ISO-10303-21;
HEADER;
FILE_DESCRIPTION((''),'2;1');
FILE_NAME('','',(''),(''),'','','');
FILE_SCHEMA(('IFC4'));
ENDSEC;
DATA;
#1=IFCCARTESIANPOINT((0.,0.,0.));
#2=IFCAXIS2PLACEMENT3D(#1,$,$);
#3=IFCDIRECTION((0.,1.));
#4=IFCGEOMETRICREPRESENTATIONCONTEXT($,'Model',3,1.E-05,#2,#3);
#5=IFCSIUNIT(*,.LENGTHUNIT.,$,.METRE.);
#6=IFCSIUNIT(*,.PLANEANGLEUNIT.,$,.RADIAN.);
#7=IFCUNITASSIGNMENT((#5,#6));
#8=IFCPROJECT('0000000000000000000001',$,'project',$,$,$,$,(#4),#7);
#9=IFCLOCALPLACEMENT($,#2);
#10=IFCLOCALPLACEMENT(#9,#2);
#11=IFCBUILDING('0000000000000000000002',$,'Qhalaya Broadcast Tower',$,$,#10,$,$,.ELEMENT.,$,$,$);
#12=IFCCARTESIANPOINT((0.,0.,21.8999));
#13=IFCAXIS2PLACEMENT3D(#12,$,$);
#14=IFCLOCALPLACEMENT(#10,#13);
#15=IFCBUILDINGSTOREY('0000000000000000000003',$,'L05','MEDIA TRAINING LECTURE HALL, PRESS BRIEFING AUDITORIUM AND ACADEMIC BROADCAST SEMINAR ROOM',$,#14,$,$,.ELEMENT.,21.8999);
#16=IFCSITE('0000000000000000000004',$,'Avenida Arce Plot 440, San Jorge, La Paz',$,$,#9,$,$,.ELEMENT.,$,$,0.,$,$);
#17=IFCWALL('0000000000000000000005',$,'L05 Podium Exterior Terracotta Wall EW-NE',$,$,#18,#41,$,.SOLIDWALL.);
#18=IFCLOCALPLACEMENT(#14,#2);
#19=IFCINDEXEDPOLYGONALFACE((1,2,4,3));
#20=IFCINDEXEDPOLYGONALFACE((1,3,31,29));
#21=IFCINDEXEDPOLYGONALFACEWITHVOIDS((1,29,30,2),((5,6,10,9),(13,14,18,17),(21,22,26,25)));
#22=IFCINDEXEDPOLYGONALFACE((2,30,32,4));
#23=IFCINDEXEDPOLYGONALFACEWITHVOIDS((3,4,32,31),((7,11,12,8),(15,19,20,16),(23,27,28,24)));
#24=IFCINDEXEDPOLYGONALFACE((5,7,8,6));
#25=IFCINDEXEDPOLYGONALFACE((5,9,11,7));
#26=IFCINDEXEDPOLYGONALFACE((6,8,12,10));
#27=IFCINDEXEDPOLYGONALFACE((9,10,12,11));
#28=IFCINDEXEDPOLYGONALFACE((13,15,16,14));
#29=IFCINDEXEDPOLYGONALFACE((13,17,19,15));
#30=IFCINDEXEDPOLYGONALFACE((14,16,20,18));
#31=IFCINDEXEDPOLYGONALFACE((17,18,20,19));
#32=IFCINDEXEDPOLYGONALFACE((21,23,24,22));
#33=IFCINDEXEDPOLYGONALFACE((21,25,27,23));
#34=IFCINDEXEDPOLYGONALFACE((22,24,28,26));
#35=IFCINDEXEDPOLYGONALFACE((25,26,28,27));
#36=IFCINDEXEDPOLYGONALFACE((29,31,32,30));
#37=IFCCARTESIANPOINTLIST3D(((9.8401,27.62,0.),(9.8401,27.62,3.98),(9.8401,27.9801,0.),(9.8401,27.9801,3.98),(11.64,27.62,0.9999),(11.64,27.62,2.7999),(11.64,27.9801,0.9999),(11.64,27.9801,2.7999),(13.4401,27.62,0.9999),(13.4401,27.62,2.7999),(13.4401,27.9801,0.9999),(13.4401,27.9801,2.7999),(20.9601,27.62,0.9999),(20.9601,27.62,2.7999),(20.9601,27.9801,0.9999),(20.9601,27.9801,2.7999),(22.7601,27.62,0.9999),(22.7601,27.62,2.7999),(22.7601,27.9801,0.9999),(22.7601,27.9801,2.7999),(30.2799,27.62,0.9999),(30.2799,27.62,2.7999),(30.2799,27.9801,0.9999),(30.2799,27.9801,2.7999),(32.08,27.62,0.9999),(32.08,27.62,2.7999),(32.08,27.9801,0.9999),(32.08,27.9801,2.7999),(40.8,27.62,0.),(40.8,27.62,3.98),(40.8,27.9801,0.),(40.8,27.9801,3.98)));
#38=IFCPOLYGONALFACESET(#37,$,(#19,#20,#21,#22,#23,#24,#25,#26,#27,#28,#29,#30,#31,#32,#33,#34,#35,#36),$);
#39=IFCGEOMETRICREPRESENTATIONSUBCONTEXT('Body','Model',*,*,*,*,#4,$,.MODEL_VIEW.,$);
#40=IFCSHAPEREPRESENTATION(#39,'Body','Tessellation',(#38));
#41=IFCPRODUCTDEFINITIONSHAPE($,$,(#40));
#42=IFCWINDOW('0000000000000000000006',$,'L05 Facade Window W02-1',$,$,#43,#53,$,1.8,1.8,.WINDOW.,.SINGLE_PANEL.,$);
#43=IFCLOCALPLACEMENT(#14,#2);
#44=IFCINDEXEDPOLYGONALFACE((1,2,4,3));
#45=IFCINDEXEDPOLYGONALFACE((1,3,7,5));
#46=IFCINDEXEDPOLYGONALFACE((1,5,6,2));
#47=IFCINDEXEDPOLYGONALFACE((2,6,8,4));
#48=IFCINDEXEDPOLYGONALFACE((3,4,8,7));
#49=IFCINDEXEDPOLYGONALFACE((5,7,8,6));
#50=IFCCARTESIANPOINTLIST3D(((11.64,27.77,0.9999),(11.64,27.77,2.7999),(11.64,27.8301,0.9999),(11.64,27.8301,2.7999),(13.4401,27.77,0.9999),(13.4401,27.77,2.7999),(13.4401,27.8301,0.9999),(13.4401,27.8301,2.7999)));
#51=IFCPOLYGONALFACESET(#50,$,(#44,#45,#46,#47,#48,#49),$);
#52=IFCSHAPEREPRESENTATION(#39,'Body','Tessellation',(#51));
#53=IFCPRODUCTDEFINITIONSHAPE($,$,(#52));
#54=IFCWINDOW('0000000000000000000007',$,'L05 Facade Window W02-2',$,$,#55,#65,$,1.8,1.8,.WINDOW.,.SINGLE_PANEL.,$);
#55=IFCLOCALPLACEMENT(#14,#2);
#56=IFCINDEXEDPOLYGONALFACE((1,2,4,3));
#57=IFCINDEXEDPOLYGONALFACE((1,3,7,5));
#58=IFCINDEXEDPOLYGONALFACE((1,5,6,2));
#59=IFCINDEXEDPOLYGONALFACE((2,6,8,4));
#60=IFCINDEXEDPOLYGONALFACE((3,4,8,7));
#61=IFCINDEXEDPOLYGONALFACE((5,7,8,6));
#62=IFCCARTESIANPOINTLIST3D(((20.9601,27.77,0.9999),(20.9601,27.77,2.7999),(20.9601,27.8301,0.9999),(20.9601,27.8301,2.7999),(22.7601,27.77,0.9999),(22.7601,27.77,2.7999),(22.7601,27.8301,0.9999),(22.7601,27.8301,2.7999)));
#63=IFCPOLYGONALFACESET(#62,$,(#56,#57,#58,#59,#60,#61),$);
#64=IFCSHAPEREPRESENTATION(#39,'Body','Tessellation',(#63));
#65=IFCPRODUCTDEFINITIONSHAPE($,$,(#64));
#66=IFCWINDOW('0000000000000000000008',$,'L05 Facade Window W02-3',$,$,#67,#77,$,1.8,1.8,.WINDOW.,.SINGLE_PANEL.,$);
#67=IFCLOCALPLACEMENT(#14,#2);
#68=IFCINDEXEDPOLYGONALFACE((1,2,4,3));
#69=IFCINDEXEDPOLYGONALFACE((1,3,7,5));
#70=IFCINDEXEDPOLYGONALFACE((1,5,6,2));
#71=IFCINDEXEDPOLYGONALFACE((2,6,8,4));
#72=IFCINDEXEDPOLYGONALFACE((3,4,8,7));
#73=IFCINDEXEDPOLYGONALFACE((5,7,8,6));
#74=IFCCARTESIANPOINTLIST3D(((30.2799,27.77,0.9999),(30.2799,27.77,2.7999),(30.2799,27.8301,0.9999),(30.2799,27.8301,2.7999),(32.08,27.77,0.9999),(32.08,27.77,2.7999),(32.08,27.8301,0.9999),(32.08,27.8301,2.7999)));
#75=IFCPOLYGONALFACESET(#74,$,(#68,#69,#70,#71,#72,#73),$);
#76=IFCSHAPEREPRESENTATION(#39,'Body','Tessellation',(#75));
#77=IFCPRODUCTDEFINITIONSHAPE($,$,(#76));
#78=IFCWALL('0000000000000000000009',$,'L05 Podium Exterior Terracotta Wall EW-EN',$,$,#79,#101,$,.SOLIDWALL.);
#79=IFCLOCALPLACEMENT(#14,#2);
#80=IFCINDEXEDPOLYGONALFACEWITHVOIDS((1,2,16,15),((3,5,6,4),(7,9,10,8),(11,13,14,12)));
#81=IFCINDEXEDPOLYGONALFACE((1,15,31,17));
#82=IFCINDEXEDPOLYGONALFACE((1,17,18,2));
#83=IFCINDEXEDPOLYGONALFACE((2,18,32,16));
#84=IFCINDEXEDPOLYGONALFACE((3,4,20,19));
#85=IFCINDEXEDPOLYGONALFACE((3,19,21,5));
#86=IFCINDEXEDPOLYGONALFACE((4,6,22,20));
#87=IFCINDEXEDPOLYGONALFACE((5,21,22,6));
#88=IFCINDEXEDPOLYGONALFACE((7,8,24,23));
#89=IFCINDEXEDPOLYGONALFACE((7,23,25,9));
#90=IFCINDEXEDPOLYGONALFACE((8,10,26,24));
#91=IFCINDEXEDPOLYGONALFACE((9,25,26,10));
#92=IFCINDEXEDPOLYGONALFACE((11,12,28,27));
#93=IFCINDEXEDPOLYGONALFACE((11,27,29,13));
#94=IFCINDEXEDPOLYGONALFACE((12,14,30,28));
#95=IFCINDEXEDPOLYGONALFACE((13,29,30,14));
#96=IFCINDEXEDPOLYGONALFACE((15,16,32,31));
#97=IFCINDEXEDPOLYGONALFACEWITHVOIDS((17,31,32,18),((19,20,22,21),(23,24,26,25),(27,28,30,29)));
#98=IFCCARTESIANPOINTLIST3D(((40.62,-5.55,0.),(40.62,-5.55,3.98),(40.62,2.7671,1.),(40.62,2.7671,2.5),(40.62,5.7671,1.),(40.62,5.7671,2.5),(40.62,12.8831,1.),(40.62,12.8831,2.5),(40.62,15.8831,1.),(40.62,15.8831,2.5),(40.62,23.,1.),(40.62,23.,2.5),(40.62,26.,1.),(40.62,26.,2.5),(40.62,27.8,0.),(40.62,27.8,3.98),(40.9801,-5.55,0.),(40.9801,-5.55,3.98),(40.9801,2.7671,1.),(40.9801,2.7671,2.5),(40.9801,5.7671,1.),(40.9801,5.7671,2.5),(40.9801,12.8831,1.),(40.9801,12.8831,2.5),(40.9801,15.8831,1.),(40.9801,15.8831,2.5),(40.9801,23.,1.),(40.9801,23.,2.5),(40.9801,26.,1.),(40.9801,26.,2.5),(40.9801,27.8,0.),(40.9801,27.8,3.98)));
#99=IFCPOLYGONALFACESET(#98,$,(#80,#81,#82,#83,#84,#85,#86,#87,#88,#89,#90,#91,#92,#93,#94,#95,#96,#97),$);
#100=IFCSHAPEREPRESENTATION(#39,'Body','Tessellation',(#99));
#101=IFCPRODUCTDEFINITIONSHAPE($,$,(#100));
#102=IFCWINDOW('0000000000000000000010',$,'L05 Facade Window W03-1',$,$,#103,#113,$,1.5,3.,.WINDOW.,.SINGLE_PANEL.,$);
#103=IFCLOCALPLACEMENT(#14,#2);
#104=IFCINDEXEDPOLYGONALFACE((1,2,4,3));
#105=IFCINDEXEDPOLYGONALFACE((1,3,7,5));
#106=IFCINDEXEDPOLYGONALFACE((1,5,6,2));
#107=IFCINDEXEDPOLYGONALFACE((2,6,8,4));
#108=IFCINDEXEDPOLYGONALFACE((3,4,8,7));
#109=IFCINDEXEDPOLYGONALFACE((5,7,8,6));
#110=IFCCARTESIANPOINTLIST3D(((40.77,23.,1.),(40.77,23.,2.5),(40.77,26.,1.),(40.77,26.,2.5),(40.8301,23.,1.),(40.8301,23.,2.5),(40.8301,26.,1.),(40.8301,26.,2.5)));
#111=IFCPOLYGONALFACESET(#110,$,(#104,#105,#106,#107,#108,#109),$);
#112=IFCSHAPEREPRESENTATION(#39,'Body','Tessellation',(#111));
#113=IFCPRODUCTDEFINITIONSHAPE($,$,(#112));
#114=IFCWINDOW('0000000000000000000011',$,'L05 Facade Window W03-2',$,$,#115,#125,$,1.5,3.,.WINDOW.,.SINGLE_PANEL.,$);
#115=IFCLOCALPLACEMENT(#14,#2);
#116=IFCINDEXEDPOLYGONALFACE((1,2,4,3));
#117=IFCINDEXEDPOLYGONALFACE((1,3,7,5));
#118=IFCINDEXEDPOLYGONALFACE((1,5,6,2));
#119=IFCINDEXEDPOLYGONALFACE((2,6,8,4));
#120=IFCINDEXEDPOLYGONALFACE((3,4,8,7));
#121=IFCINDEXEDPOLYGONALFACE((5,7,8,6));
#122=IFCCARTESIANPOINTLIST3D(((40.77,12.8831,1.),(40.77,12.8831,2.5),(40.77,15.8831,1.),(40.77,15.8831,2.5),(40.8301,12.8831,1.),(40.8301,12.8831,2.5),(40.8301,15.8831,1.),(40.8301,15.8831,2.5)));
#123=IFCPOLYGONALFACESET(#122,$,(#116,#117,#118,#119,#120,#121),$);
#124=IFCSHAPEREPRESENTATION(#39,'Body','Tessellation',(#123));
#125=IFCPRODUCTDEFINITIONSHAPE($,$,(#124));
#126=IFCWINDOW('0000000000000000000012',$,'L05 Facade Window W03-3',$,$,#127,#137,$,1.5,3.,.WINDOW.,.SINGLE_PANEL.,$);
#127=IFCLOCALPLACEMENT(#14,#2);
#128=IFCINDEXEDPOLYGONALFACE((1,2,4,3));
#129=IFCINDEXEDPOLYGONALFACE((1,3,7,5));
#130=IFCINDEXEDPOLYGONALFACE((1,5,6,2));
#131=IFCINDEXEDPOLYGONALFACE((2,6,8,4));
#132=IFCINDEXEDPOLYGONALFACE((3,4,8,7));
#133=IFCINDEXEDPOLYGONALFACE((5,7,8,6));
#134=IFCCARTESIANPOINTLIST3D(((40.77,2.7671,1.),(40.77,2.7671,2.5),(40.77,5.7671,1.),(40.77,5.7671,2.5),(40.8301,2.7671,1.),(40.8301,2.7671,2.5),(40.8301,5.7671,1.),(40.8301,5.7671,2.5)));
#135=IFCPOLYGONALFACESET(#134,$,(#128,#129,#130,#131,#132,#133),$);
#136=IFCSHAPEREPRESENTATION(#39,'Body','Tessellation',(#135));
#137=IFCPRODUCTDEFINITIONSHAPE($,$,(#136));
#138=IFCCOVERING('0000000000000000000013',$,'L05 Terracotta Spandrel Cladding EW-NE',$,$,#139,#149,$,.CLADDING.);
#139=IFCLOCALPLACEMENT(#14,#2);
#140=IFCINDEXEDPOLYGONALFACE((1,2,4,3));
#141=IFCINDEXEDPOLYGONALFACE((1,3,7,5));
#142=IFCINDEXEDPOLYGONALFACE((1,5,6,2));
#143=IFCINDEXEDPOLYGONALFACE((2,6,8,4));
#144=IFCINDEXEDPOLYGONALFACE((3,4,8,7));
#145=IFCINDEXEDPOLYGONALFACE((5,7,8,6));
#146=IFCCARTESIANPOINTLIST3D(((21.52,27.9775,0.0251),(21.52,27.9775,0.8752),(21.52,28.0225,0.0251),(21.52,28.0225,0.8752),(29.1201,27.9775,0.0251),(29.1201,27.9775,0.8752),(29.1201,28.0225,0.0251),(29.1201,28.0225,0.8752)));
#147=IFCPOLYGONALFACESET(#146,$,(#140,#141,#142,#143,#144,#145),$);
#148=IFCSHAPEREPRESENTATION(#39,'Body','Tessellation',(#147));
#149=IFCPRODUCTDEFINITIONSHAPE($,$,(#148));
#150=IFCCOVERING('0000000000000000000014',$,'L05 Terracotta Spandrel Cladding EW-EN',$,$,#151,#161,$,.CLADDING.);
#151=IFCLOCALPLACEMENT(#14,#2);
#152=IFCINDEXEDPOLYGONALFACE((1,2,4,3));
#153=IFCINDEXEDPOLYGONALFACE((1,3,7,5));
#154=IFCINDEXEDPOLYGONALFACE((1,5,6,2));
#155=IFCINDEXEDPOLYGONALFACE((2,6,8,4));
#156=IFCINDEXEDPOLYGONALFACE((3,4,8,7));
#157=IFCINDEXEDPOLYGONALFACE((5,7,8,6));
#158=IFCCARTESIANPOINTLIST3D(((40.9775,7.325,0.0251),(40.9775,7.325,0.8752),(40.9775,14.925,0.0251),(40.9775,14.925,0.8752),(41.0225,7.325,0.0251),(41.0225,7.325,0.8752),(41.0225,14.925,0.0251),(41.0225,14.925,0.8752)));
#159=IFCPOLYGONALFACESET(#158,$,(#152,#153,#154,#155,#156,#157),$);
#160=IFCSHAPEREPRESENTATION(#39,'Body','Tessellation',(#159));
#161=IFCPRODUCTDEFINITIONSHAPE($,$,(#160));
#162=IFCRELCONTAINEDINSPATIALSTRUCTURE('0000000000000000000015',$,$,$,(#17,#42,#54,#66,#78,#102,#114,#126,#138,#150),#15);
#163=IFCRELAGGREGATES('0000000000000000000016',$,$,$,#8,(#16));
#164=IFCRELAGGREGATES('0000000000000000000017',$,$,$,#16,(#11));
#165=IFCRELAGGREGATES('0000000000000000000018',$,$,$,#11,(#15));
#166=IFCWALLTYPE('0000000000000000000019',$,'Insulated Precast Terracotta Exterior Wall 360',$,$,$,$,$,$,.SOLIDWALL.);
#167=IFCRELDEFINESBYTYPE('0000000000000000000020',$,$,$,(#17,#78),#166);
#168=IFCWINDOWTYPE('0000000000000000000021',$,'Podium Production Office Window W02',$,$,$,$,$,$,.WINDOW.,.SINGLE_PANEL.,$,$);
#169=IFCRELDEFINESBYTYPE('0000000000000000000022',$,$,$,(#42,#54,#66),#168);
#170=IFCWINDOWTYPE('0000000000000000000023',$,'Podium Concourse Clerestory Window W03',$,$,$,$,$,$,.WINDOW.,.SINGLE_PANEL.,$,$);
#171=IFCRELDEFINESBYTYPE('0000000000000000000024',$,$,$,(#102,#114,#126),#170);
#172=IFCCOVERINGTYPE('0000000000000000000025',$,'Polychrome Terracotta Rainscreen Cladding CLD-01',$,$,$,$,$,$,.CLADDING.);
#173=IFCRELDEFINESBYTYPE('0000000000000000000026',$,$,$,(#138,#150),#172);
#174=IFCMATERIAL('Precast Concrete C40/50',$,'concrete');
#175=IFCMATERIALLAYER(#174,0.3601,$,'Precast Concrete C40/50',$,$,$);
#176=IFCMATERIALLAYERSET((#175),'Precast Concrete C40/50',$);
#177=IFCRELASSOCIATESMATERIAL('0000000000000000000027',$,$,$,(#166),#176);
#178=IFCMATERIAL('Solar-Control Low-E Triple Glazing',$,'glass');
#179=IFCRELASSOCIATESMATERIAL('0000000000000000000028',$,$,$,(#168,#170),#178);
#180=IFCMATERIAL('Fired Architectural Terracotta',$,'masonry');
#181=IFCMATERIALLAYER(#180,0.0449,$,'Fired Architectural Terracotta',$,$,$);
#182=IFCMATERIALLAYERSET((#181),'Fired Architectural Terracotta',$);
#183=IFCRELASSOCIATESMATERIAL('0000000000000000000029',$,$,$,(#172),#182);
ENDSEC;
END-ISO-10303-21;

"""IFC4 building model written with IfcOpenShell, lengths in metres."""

from ifc_helpers import new_model, si_unit, direction, frame, frame_2d, origin, origin_2d, place, context, subcontext, project, spatial, rectangle, extrude, material, layer, layer_set, type_object, element, fill, save


model = new_model("IFC4")

# Units and contexts
model_context = context("Model", 3, precision=1e-05, world=origin(), true_north=direction((0.0, 1.0)))
body_context = subcontext(model_context, "Body", "Model", "MODEL_VIEW")
ifc_project = project(units=[si_unit("LENGTHUNIT", "METRE"), si_unit("PLANEANGLEUNIT", "RADIAN")], contexts=[model_context])

# Site, building, storey
site_placement = place(None, origin())
site = spatial("IfcSite", under=ifc_project, at=site_placement, Name="Avenida Arce Plot 440, San Jorge, La Paz", CompositionType="ELEMENT", RefElevation=0.0)
building_placement = place(site_placement, origin())
building = spatial("IfcBuilding", under=site, at=building_placement, Name="Qhalaya Broadcast Tower", CompositionType="ELEMENT")
storey_placement = place(building_placement, frame((0.0, 0.0, 21.8999)))
storey = spatial("IfcBuildingStorey", under=building, at=storey_placement, Name="L05", Description="MEDIA TRAINING LECTURE HALL, PRESS BRIEFING AUDITORIUM AND ACADEMIC BROADCAST SEMINAR ROOM", CompositionType="ELEMENT", Elevation=21.8999)

# Walls, openings, windows
ifc_material_1 = material(Name="Precast Concrete C40/50", Category="concrete")
ifc_layer_1 = layer(ifc_material_1, 0.3601, Name="Precast Concrete C40/50")
ifc_layer_set_1 = layer_set([ifc_layer_1], Name="Precast Concrete C40/50")
wall_type_1 = type_object("IfcWallType", Name="Insulated Precast Terracotta Exterior Wall 360", PredefinedType="SOLIDWALL", material=ifc_layer_set_1)
wall_1_placement = place(storey_placement, frame((9.8401, 27.8, 0.0), z_axis=(0.0, 0.0, 1.0), x_axis=(1.0, 0.0, 0.0)))
wall_1 = element("IfcWall", 1, at=wall_1_placement, inside=storey, type_object=wall_type_1, Name="L05 Podium Exterior Terracotta Wall EW-NE", PredefinedType="SOLIDWALL", context=body_context, shape_type="SweptSolid", body=[
    extrude(rectangle(XDim=30.96, YDim=0.3601, at=frame_2d((15.48, 0.0))), origin(), (0.0, 0.0, 1.0), 3.98),
])
opening_1_placement = place(wall_1_placement, frame((1.8, 0.0, 1.0)))
opening_1 = element("IfcOpeningElement", 2, at=opening_1_placement, cuts=wall_1, PredefinedType="OPENING", context=body_context, shape_type="SweptSolid", body=[
    extrude(rectangle(XDim=1.8, YDim=1.8, at=frame_2d((0.8999, 0.8999))), frame((0.0, 0.1921, 0.0), z_axis=(0.0, -1.0, 0.0), x_axis=(1.0, 0.0, 0.0)), (0.0, 0.0, 1.0), 0.384),
])
opening_2_placement = place(wall_1_placement, frame((11.1201, 0.0, 1.0)))
opening_2 = element("IfcOpeningElement", 3, at=opening_2_placement, cuts=wall_1, PredefinedType="OPENING", context=body_context, shape_type="SweptSolid", body=[
    extrude(rectangle(XDim=1.8, YDim=1.8, at=frame_2d((0.8999, 0.8999))), frame((0.0, 0.1921, 0.0), z_axis=(0.0, -1.0, 0.0), x_axis=(1.0, 0.0, 0.0)), (0.0, 0.0, 1.0), 0.384),
])
opening_3_placement = place(wall_1_placement, frame((20.4399, 0.0, 1.0)))
opening_3 = element("IfcOpeningElement", 4, at=opening_3_placement, cuts=wall_1, PredefinedType="OPENING", context=body_context, shape_type="SweptSolid", body=[
    extrude(rectangle(XDim=1.8, YDim=1.8, at=frame_2d((0.8999, 0.8999))), frame((0.0, 0.1921, 0.0), z_axis=(0.0, -1.0, 0.0), x_axis=(1.0, 0.0, 0.0)), (0.0, 0.0, 1.0), 0.384),
])
ifc_material_2 = material(Name="Solar-Control Low-E Triple Glazing", Category="glass")
window_type_1 = type_object("IfcWindowType", Name="Podium Production Office Window W02", PartitioningType="SINGLE_PANEL", PredefinedType="WINDOW", material=ifc_material_2)
window_1_placement = place(opening_1_placement, origin())
window_1 = element("IfcWindow", 5, at=window_1_placement, inside=storey, type_object=window_type_1, Name="L05 Facade Window W02-1", OverallHeight=1.8, OverallWidth=1.8, PartitioningType="SINGLE_PANEL", PredefinedType="WINDOW", context=body_context, shape_type="SweptSolid", body=[
    extrude(rectangle(XDim=1.8, YDim=1.8, at=frame_2d((0.8999, 0.8999))), frame((0.0, 0.03, 0.0), z_axis=(0.0, -1.0, 0.0), x_axis=(1.0, 0.0, 0.0)), (0.0, 0.0, 1.0), 0.0601),
])
fill(opening_1, window_1)
window_2_placement = place(opening_2_placement, origin())
window_2 = element("IfcWindow", 6, at=window_2_placement, inside=storey, type_object=window_type_1, Name="L05 Facade Window W02-2", OverallHeight=1.8, OverallWidth=1.8, PartitioningType="SINGLE_PANEL", PredefinedType="WINDOW", context=body_context, shape_type="SweptSolid", body=[
    extrude(rectangle(XDim=1.8, YDim=1.8, at=frame_2d((0.8999, 0.8999))), frame((0.0, 0.03, 0.0), z_axis=(0.0, -1.0, 0.0), x_axis=(1.0, 0.0, 0.0)), (0.0, 0.0, 1.0), 0.0601),
])
fill(opening_2, window_2)
window_3_placement = place(opening_3_placement, origin())
window_3 = element("IfcWindow", 7, at=window_3_placement, inside=storey, type_object=window_type_1, Name="L05 Facade Window W02-3", OverallHeight=1.8, OverallWidth=1.8, PartitioningType="SINGLE_PANEL", PredefinedType="WINDOW", context=body_context, shape_type="SweptSolid", body=[
    extrude(rectangle(XDim=1.8, YDim=1.8, at=frame_2d((0.8999, 0.8999))), frame((0.0, 0.03, 0.0), z_axis=(0.0, -1.0, 0.0), x_axis=(1.0, 0.0, 0.0)), (0.0, 0.0, 1.0), 0.0601),
])
fill(opening_3, window_3)
wall_2_placement = place(storey_placement, frame((40.8, 27.8, 0.0), z_axis=(0.0, 0.0, 1.0), x_axis=(0.0, -1.0, 0.0)))
wall_2 = element("IfcWall", 8, at=wall_2_placement, inside=storey, type_object=wall_type_1, Name="L05 Podium Exterior Terracotta Wall EW-EN", PredefinedType="SOLIDWALL", context=body_context, shape_type="SweptSolid", body=[
    extrude(rectangle(XDim=33.3501, YDim=0.3601, at=frame_2d((16.675, 0.0))), origin(), (0.0, 0.0, 1.0), 3.98),
])
opening_4_placement = place(wall_2_placement, frame((1.8, 0.0, 1.0)))
opening_4 = element("IfcOpeningElement", 9, at=opening_4_placement, cuts=wall_2, PredefinedType="OPENING", context=body_context, shape_type="SweptSolid", body=[
    extrude(rectangle(XDim=3.0, YDim=1.5, at=frame_2d((1.5, 0.75))), frame((0.0, 0.1921, 0.0), z_axis=(0.0, -1.0, 0.0), x_axis=(1.0, 0.0, 0.0)), (0.0, 0.0, 1.0), 0.384),
])
opening_5_placement = place(wall_2_placement, frame((11.917, 0.0, 1.0)))
opening_5 = element("IfcOpeningElement", 10, at=opening_5_placement, cuts=wall_2, PredefinedType="OPENING", context=body_context, shape_type="SweptSolid", body=[
    extrude(rectangle(XDim=3.0, YDim=1.5, at=frame_2d((1.5, 0.75))), frame((0.0, 0.1921, 0.0), z_axis=(0.0, -1.0, 0.0), x_axis=(1.0, 0.0, 0.0)), (0.0, 0.0, 1.0), 0.384),
])
opening_6_placement = place(wall_2_placement, frame((22.033, 0.0, 1.0)))
opening_6 = element("IfcOpeningElement", 11, at=opening_6_placement, cuts=wall_2, PredefinedType="OPENING", context=body_context, shape_type="SweptSolid", body=[
    extrude(rectangle(XDim=3.0, YDim=1.5, at=frame_2d((1.5, 0.75))), frame((0.0, 0.1921, 0.0), z_axis=(0.0, -1.0, 0.0), x_axis=(1.0, 0.0, 0.0)), (0.0, 0.0, 1.0), 0.384),
])
window_type_2 = type_object("IfcWindowType", Name="Podium Concourse Clerestory Window W03", PartitioningType="SINGLE_PANEL", PredefinedType="WINDOW", material=ifc_material_2)
window_4_placement = place(opening_4_placement, origin())
window_4 = element("IfcWindow", 12, at=window_4_placement, inside=storey, type_object=window_type_2, Name="L05 Facade Window W03-1", OverallHeight=1.5, OverallWidth=3.0, PartitioningType="SINGLE_PANEL", PredefinedType="WINDOW", context=body_context, shape_type="SweptSolid", body=[
    extrude(rectangle(XDim=3.0, YDim=1.5, at=frame_2d((1.5, 0.75))), frame((0.0, 0.03, 0.0), z_axis=(0.0, -1.0, 0.0), x_axis=(1.0, 0.0, 0.0)), (0.0, 0.0, 1.0), 0.0601),
])
fill(opening_4, window_4)
window_5_placement = place(opening_5_placement, origin())
window_5 = element("IfcWindow", 13, at=window_5_placement, inside=storey, type_object=window_type_2, Name="L05 Facade Window W03-2", OverallHeight=1.5, OverallWidth=3.0, PartitioningType="SINGLE_PANEL", PredefinedType="WINDOW", context=body_context, shape_type="SweptSolid", body=[
    extrude(rectangle(XDim=3.0, YDim=1.5, at=frame_2d((1.5, 0.75))), frame((0.0, 0.03, 0.0), z_axis=(0.0, -1.0, 0.0), x_axis=(1.0, 0.0, 0.0)), (0.0, 0.0, 1.0), 0.0601),
])
fill(opening_5, window_5)
window_6_placement = place(opening_6_placement, origin())
window_6 = element("IfcWindow", 14, at=window_6_placement, inside=storey, type_object=window_type_2, Name="L05 Facade Window W03-3", OverallHeight=1.5, OverallWidth=3.0, PartitioningType="SINGLE_PANEL", PredefinedType="WINDOW", context=body_context, shape_type="SweptSolid", body=[
    extrude(rectangle(XDim=3.0, YDim=1.5, at=frame_2d((1.5, 0.75))), frame((0.0, 0.03, 0.0), z_axis=(0.0, -1.0, 0.0), x_axis=(1.0, 0.0, 0.0)), (0.0, 0.0, 1.0), 0.0601),
])
fill(opening_6, window_6)

# Coverings
ifc_material_3 = material(Name="Fired Architectural Terracotta", Category="masonry")
ifc_layer_2 = layer(ifc_material_3, 0.0449, Name="Fired Architectural Terracotta")
ifc_layer_set_2 = layer_set([ifc_layer_2], Name="Fired Architectural Terracotta")
covering_type = type_object("IfcCoveringType", Name="Polychrome Terracotta Rainscreen Cladding CLD-01", PredefinedType="CLADDING", material=ifc_layer_set_2)
for number, where, z_axis, x_axis, name in (
    (15, (25.3201, 28.0, 0.0251), (0.0, 0.0, 1.0), (1.0, 0.0, 0.0), "L05 Terracotta Spandrel Cladding EW-NE"),
    (16, (41.0, 11.125, 0.0251), (0.0, 0.0, 1.0), (0.0, -1.0, 0.0), "L05 Terracotta Spandrel Cladding EW-EN"),
):
    element("IfcCovering", number, at=place(storey_placement, frame(where, z_axis=z_axis, x_axis=x_axis)), inside=storey, type_object=covering_type, Name=name, PredefinedType="CLADDING", context=body_context, shape_type="SweptSolid", body=[
        extrude(rectangle(XDim=7.6001, YDim=0.0449, at=origin_2d()), origin(), (0.0, 0.0, 1.0), 0.8501),
    ])

save(model, "model.ifc")
